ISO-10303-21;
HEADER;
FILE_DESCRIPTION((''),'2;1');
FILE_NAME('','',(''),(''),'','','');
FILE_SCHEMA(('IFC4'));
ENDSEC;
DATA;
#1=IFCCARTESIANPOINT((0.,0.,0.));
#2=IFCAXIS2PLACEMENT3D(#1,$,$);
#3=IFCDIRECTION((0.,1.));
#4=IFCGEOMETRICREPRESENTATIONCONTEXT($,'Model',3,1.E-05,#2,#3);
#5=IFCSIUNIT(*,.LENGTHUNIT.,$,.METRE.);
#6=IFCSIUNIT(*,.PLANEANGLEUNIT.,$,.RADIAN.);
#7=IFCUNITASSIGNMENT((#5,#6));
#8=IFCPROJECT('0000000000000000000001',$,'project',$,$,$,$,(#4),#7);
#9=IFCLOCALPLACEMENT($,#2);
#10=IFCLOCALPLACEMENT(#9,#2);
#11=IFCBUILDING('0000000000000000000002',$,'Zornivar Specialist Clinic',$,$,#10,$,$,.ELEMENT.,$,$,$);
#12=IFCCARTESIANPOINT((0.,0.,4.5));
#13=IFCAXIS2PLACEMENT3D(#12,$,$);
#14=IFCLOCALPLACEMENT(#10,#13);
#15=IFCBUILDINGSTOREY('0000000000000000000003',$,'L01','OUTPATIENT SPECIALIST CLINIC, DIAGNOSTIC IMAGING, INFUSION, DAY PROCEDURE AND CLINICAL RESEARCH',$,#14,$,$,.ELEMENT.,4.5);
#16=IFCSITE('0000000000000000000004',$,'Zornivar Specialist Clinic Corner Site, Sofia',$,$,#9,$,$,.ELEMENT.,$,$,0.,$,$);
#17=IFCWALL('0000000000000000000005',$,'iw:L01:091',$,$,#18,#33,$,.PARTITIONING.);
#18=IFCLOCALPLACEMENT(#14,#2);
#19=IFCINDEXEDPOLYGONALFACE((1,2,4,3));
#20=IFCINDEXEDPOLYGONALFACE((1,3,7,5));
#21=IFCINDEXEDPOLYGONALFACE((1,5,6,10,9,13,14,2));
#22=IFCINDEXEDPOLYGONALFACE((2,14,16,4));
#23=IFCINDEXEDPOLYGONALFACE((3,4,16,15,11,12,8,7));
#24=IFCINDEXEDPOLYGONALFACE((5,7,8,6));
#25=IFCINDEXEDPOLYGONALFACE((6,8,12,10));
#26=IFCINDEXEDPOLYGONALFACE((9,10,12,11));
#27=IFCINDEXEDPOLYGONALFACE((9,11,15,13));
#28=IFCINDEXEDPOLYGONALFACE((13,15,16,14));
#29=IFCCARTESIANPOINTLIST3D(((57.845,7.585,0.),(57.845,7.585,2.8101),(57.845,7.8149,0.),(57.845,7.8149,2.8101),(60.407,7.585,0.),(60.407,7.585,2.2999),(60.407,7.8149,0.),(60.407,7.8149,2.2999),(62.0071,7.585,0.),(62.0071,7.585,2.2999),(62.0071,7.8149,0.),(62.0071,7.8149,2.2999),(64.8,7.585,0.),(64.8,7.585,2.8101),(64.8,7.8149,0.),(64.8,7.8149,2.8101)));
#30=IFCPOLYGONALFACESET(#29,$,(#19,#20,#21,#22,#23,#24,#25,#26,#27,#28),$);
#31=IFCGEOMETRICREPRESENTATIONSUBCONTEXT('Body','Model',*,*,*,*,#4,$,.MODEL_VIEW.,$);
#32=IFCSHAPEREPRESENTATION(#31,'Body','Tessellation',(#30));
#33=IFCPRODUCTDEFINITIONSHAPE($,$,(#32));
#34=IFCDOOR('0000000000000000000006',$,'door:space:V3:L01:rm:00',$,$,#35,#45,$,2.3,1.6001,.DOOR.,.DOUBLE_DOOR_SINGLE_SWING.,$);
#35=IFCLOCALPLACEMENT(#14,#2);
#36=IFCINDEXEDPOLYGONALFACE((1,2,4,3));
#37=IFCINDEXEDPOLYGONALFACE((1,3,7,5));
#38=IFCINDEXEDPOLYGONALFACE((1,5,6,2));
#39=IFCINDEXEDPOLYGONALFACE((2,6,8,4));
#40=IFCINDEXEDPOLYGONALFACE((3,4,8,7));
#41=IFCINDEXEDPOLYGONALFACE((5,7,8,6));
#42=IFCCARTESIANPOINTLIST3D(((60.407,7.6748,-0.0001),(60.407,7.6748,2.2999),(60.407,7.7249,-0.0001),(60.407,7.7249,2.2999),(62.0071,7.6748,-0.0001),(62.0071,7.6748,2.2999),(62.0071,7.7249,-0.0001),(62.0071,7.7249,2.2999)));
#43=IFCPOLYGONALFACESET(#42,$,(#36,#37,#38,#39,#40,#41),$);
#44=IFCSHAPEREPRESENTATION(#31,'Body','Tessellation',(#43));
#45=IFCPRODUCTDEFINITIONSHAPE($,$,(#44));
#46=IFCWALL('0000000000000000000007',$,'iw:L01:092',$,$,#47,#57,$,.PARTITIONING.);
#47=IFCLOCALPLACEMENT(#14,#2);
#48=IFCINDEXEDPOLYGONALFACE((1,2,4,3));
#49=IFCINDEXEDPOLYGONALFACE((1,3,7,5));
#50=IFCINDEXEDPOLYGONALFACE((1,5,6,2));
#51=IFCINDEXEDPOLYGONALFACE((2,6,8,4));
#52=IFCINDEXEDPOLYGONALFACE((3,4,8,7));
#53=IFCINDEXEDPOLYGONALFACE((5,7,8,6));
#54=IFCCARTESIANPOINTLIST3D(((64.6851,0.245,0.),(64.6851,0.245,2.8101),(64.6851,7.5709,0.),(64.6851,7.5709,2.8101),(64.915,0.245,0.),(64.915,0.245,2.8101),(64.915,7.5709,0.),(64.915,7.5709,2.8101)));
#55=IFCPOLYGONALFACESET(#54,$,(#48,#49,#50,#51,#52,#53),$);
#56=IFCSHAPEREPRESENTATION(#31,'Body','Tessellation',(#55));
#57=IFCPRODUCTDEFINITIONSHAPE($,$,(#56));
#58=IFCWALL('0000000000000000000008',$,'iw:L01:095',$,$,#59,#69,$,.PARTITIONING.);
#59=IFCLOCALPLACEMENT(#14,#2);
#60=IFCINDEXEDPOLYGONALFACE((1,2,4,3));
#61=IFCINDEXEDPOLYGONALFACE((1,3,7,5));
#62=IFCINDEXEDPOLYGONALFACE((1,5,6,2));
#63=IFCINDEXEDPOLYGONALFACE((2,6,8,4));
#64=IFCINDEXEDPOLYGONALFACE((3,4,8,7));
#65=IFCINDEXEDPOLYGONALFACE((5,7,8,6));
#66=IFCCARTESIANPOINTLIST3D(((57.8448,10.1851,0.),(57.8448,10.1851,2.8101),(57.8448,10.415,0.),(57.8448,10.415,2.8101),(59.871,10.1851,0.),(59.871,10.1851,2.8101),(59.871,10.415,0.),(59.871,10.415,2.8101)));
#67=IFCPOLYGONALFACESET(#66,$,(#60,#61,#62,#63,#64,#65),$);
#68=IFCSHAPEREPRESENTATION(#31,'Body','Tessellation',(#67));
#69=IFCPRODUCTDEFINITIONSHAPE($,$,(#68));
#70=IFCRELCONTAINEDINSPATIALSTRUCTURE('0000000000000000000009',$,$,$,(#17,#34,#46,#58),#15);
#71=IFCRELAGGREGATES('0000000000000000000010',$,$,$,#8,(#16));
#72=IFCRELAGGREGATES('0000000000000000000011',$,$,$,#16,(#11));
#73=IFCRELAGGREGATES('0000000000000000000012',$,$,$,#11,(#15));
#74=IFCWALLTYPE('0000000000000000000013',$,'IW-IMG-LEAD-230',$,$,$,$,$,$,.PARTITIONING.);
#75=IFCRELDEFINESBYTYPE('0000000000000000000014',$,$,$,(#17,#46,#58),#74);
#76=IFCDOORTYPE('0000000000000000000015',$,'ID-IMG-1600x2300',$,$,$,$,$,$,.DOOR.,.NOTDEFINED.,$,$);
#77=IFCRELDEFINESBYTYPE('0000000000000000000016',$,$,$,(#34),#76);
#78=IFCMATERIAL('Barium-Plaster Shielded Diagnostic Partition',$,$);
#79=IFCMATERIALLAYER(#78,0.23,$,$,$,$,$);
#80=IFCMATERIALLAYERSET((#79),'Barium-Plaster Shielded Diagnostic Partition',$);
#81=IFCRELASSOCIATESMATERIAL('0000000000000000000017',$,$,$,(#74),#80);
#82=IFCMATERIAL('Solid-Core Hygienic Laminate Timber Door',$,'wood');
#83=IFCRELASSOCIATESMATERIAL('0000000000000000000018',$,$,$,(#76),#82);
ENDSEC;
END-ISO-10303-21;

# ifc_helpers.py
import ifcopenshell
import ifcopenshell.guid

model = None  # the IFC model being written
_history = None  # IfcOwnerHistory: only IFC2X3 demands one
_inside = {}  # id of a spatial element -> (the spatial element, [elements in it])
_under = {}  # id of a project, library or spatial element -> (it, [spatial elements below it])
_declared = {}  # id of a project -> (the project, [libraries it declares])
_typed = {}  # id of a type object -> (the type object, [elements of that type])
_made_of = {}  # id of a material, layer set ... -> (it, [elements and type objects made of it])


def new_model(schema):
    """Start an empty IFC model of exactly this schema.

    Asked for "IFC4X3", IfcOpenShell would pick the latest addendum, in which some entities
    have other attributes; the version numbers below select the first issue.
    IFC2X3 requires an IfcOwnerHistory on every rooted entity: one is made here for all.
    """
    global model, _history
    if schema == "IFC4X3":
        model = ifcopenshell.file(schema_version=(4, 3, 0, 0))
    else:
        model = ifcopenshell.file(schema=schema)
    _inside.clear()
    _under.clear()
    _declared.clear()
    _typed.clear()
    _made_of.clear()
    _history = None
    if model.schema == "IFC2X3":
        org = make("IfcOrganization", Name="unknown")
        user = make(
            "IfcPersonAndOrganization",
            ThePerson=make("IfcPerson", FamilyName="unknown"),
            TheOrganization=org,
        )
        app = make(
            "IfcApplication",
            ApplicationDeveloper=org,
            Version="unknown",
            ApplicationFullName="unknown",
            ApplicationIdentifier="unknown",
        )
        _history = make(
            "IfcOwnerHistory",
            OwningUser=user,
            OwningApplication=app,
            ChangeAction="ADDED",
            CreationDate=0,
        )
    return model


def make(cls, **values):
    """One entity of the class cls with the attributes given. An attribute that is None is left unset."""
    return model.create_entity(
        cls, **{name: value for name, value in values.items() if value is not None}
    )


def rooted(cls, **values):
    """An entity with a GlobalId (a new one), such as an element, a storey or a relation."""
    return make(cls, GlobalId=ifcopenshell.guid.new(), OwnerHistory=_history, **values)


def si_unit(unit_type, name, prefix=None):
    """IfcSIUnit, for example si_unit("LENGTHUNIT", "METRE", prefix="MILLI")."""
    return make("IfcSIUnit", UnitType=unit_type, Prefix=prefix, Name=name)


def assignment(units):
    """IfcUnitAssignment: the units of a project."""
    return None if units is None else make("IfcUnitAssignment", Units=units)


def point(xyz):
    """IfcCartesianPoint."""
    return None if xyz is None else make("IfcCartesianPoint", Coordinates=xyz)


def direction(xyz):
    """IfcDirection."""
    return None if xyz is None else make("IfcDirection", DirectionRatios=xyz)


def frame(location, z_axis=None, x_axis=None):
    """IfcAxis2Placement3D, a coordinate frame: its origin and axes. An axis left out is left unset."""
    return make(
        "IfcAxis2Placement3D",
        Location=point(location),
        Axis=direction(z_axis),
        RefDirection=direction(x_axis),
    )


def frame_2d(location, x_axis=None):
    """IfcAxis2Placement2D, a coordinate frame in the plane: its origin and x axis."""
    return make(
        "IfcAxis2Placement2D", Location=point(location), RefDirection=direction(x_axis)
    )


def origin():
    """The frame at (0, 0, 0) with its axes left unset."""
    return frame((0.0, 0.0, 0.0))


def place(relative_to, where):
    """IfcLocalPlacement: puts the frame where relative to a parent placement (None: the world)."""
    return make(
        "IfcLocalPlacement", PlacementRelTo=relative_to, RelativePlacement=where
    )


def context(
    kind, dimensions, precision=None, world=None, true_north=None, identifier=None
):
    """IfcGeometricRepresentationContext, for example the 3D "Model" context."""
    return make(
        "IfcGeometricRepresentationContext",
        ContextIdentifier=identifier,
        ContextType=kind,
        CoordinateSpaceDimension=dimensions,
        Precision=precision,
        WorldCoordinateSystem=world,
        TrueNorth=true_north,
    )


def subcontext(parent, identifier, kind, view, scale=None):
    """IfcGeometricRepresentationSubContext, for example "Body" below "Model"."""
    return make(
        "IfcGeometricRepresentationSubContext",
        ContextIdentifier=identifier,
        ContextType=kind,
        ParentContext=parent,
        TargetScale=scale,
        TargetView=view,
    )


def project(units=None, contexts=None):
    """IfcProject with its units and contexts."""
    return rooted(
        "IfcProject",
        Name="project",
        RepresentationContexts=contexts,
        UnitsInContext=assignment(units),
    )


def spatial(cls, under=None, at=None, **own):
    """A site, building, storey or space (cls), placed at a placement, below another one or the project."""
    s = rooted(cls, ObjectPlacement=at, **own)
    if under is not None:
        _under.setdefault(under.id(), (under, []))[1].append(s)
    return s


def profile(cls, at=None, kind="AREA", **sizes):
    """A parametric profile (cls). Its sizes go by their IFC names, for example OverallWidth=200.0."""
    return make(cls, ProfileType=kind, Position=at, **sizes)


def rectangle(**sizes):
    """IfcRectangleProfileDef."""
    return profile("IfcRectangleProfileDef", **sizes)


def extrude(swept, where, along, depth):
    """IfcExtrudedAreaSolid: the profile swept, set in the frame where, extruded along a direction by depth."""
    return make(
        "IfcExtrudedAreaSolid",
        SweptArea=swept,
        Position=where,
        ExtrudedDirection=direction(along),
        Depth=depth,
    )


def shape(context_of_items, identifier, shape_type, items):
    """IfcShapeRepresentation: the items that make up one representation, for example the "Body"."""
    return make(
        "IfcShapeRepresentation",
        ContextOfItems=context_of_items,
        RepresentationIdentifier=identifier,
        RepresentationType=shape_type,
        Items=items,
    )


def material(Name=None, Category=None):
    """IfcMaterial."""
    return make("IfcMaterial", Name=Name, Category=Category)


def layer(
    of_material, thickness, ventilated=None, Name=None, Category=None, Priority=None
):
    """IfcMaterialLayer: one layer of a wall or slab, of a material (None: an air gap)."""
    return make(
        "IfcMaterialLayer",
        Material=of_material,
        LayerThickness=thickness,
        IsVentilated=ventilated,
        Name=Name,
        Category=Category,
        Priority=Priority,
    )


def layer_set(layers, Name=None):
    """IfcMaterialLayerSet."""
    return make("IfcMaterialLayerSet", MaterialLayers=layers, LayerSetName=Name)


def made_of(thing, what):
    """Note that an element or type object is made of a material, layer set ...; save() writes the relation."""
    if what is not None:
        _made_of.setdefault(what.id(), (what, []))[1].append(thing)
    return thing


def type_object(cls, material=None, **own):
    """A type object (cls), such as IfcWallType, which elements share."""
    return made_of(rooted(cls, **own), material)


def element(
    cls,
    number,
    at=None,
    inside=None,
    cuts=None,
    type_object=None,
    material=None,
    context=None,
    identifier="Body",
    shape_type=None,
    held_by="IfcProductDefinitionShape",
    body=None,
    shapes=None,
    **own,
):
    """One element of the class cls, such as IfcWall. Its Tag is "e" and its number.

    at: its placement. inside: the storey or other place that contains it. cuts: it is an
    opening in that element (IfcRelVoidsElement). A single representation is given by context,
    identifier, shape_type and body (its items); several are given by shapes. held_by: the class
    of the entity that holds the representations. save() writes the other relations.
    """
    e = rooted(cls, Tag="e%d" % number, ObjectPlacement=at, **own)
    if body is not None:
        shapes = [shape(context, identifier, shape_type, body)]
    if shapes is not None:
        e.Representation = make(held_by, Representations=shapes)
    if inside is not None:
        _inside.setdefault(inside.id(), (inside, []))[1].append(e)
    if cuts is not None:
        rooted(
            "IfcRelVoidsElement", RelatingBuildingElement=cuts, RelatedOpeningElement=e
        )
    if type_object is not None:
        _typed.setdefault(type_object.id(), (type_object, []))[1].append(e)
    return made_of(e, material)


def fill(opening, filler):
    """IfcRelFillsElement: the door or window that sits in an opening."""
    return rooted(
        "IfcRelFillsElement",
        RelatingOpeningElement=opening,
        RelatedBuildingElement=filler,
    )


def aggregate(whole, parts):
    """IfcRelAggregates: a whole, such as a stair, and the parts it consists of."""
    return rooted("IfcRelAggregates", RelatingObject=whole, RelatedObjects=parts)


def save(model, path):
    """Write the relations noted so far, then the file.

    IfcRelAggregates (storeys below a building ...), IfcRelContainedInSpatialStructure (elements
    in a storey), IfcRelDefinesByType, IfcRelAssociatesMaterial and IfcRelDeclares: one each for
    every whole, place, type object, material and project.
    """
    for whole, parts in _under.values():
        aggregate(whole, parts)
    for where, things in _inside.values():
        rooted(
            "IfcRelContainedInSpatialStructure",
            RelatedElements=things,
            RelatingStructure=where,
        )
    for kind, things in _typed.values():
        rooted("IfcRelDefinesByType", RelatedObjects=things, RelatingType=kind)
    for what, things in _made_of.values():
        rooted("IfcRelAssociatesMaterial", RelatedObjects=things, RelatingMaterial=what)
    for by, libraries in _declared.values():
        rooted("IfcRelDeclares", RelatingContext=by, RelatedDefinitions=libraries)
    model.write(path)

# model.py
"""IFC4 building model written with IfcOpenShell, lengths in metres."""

from ifc_helpers import new_model, si_unit, direction, frame, frame_2d, origin, place, context, subcontext, project, spatial, rectangle, extrude, material, layer, layer_set, type_object, element, fill, save


model = new_model("IFC4")

# Units and contexts
model_context = context("Model", 3, precision=1e-05, world=origin(), true_north=direction((0.0, 1.0)))
body_context = subcontext(model_context, "Body", "Model", "MODEL_VIEW")
ifc_project = project(units=[si_unit("LENGTHUNIT", "METRE"), si_unit("PLANEANGLEUNIT", "RADIAN")], contexts=[model_context])

# Site, building, storey
site_placement = place(None, origin())
site = spatial("IfcSite", under=ifc_project, at=site_placement, Name="Zornivar Specialist Clinic Corner Site, Sofia", CompositionType="ELEMENT", RefElevation=0.0)
building_placement = place(site_placement, origin())
building = spatial("IfcBuilding", under=site, at=building_placement, Name="Zornivar Specialist Clinic", CompositionType="ELEMENT")
storey_placement = place(building_placement, frame((0.0, 0.0, 4.5)))
storey = spatial("IfcBuildingStorey", under=building, at=storey_placement, Name="L01", Description="OUTPATIENT SPECIALIST CLINIC, DIAGNOSTIC IMAGING, INFUSION, DAY PROCEDURE AND CLINICAL RESEARCH", CompositionType="ELEMENT", Elevation=4.5)

# Wall, opening, door
ifc_material_1 = material(Name="Barium-Plaster Shielded Diagnostic Partition")
ifc_layer_1 = layer(ifc_material_1, 0.23)
ifc_layer_set_1 = layer_set([ifc_layer_1], Name="Barium-Plaster Shielded Diagnostic Partition")
wall_type_1 = type_object("IfcWallType", Name="IW-IMG-LEAD-230", PredefinedType="PARTITIONING", material=ifc_layer_set_1)
wall_1_placement = place(storey_placement, frame((57.845, 7.7, 0.0), z_axis=(0.0, 0.0, 1.0), x_axis=(1.0, 0.0, 0.0)))
wall_1 = element("IfcWall", 1, at=wall_1_placement, inside=storey, type_object=wall_type_1, Name="iw:L01:091", PredefinedType="PARTITIONING", context=body_context, shape_type="SweptSolid", body=[
    extrude(rectangle(XDim=6.9551, YDim=0.23, at=frame_2d((3.4775, 0.0))), origin(), (0.0, 0.0, 1.0), 2.8101),
])
opening_1_placement = place(wall_1_placement, frame((2.562, 0.0, 0.0)))
opening_1 = element("IfcOpeningElement", 2, at=opening_1_placement, cuts=wall_1, PredefinedType="OPENING", context=body_context, shape_type="SweptSolid", body=[
    extrude(rectangle(XDim=1.6001, YDim=2.3, at=frame_2d((0.8, 1.1499))), frame((0.0, 0.125, 0.0), z_axis=(0.0, -1.0, 0.0), x_axis=(1.0, 0.0, 0.0)), (0.0, 0.0, 1.0), 0.25),
])
ifc_material_2 = material(Name="Solid-Core Hygienic Laminate Timber Door", Category="wood")
door_type_1 = type_object("IfcDoorType", Name="ID-IMG-1600x2300", OperationType="NOTDEFINED", PredefinedType="DOOR", material=ifc_material_2)
door_1_placement = place(opening_1_placement, origin())
door_1 = element("IfcDoor", 3, at=door_1_placement, inside=storey, type_object=door_type_1, Name="door:space:V3:L01:rm:00", OperationType="DOUBLE_DOOR_SINGLE_SWING", OverallHeight=2.3, OverallWidth=1.6001, PredefinedType="DOOR", context=body_context, shape_type="SweptSolid", body=[
    extrude(rectangle(XDim=1.6001, YDim=2.3, at=frame_2d((0.8, 1.1499))), frame((0.0, 0.0249, 0.0), z_axis=(0.0, -1.0, 0.0), x_axis=(1.0, 0.0, 0.0)), (0.0, 0.0, 1.0), 0.05),
])
fill(opening_1, door_1)

# Walls
wall_2_placement = place(storey_placement, frame((64.8, 7.571, 0.0), z_axis=(0.0, 0.0, 1.0), x_axis=(0.0, -1.0, 0.0)))
element("IfcWall", 4, at=wall_2_placement, inside=storey, type_object=wall_type_1, Name="iw:L01:092", PredefinedType="PARTITIONING", context=body_context, shape_type="SweptSolid", body=[
    extrude(rectangle(XDim=7.3259, YDim=0.23, at=frame_2d((3.6631, 0.0))), origin(), (0.0, 0.0, 1.0), 2.8101),
])
wall_3_placement = place(storey_placement, frame((59.8711, 10.3, 0.0), z_axis=(0.0, 0.0, 1.0), x_axis=(-1.0, 0.0, 0.0)))
element("IfcWall", 5, at=wall_3_placement, inside=storey, type_object=wall_type_1, Name="iw:L01:095", PredefinedType="PARTITIONING", context=body_context, shape_type="SweptSolid", body=[
    extrude(rectangle(XDim=2.0261, YDim=0.23, at=frame_2d((1.0132, 0.0))), origin(), (0.0, 0.0, 1.0), 2.8101),
])

save(model, "model.ifc")
